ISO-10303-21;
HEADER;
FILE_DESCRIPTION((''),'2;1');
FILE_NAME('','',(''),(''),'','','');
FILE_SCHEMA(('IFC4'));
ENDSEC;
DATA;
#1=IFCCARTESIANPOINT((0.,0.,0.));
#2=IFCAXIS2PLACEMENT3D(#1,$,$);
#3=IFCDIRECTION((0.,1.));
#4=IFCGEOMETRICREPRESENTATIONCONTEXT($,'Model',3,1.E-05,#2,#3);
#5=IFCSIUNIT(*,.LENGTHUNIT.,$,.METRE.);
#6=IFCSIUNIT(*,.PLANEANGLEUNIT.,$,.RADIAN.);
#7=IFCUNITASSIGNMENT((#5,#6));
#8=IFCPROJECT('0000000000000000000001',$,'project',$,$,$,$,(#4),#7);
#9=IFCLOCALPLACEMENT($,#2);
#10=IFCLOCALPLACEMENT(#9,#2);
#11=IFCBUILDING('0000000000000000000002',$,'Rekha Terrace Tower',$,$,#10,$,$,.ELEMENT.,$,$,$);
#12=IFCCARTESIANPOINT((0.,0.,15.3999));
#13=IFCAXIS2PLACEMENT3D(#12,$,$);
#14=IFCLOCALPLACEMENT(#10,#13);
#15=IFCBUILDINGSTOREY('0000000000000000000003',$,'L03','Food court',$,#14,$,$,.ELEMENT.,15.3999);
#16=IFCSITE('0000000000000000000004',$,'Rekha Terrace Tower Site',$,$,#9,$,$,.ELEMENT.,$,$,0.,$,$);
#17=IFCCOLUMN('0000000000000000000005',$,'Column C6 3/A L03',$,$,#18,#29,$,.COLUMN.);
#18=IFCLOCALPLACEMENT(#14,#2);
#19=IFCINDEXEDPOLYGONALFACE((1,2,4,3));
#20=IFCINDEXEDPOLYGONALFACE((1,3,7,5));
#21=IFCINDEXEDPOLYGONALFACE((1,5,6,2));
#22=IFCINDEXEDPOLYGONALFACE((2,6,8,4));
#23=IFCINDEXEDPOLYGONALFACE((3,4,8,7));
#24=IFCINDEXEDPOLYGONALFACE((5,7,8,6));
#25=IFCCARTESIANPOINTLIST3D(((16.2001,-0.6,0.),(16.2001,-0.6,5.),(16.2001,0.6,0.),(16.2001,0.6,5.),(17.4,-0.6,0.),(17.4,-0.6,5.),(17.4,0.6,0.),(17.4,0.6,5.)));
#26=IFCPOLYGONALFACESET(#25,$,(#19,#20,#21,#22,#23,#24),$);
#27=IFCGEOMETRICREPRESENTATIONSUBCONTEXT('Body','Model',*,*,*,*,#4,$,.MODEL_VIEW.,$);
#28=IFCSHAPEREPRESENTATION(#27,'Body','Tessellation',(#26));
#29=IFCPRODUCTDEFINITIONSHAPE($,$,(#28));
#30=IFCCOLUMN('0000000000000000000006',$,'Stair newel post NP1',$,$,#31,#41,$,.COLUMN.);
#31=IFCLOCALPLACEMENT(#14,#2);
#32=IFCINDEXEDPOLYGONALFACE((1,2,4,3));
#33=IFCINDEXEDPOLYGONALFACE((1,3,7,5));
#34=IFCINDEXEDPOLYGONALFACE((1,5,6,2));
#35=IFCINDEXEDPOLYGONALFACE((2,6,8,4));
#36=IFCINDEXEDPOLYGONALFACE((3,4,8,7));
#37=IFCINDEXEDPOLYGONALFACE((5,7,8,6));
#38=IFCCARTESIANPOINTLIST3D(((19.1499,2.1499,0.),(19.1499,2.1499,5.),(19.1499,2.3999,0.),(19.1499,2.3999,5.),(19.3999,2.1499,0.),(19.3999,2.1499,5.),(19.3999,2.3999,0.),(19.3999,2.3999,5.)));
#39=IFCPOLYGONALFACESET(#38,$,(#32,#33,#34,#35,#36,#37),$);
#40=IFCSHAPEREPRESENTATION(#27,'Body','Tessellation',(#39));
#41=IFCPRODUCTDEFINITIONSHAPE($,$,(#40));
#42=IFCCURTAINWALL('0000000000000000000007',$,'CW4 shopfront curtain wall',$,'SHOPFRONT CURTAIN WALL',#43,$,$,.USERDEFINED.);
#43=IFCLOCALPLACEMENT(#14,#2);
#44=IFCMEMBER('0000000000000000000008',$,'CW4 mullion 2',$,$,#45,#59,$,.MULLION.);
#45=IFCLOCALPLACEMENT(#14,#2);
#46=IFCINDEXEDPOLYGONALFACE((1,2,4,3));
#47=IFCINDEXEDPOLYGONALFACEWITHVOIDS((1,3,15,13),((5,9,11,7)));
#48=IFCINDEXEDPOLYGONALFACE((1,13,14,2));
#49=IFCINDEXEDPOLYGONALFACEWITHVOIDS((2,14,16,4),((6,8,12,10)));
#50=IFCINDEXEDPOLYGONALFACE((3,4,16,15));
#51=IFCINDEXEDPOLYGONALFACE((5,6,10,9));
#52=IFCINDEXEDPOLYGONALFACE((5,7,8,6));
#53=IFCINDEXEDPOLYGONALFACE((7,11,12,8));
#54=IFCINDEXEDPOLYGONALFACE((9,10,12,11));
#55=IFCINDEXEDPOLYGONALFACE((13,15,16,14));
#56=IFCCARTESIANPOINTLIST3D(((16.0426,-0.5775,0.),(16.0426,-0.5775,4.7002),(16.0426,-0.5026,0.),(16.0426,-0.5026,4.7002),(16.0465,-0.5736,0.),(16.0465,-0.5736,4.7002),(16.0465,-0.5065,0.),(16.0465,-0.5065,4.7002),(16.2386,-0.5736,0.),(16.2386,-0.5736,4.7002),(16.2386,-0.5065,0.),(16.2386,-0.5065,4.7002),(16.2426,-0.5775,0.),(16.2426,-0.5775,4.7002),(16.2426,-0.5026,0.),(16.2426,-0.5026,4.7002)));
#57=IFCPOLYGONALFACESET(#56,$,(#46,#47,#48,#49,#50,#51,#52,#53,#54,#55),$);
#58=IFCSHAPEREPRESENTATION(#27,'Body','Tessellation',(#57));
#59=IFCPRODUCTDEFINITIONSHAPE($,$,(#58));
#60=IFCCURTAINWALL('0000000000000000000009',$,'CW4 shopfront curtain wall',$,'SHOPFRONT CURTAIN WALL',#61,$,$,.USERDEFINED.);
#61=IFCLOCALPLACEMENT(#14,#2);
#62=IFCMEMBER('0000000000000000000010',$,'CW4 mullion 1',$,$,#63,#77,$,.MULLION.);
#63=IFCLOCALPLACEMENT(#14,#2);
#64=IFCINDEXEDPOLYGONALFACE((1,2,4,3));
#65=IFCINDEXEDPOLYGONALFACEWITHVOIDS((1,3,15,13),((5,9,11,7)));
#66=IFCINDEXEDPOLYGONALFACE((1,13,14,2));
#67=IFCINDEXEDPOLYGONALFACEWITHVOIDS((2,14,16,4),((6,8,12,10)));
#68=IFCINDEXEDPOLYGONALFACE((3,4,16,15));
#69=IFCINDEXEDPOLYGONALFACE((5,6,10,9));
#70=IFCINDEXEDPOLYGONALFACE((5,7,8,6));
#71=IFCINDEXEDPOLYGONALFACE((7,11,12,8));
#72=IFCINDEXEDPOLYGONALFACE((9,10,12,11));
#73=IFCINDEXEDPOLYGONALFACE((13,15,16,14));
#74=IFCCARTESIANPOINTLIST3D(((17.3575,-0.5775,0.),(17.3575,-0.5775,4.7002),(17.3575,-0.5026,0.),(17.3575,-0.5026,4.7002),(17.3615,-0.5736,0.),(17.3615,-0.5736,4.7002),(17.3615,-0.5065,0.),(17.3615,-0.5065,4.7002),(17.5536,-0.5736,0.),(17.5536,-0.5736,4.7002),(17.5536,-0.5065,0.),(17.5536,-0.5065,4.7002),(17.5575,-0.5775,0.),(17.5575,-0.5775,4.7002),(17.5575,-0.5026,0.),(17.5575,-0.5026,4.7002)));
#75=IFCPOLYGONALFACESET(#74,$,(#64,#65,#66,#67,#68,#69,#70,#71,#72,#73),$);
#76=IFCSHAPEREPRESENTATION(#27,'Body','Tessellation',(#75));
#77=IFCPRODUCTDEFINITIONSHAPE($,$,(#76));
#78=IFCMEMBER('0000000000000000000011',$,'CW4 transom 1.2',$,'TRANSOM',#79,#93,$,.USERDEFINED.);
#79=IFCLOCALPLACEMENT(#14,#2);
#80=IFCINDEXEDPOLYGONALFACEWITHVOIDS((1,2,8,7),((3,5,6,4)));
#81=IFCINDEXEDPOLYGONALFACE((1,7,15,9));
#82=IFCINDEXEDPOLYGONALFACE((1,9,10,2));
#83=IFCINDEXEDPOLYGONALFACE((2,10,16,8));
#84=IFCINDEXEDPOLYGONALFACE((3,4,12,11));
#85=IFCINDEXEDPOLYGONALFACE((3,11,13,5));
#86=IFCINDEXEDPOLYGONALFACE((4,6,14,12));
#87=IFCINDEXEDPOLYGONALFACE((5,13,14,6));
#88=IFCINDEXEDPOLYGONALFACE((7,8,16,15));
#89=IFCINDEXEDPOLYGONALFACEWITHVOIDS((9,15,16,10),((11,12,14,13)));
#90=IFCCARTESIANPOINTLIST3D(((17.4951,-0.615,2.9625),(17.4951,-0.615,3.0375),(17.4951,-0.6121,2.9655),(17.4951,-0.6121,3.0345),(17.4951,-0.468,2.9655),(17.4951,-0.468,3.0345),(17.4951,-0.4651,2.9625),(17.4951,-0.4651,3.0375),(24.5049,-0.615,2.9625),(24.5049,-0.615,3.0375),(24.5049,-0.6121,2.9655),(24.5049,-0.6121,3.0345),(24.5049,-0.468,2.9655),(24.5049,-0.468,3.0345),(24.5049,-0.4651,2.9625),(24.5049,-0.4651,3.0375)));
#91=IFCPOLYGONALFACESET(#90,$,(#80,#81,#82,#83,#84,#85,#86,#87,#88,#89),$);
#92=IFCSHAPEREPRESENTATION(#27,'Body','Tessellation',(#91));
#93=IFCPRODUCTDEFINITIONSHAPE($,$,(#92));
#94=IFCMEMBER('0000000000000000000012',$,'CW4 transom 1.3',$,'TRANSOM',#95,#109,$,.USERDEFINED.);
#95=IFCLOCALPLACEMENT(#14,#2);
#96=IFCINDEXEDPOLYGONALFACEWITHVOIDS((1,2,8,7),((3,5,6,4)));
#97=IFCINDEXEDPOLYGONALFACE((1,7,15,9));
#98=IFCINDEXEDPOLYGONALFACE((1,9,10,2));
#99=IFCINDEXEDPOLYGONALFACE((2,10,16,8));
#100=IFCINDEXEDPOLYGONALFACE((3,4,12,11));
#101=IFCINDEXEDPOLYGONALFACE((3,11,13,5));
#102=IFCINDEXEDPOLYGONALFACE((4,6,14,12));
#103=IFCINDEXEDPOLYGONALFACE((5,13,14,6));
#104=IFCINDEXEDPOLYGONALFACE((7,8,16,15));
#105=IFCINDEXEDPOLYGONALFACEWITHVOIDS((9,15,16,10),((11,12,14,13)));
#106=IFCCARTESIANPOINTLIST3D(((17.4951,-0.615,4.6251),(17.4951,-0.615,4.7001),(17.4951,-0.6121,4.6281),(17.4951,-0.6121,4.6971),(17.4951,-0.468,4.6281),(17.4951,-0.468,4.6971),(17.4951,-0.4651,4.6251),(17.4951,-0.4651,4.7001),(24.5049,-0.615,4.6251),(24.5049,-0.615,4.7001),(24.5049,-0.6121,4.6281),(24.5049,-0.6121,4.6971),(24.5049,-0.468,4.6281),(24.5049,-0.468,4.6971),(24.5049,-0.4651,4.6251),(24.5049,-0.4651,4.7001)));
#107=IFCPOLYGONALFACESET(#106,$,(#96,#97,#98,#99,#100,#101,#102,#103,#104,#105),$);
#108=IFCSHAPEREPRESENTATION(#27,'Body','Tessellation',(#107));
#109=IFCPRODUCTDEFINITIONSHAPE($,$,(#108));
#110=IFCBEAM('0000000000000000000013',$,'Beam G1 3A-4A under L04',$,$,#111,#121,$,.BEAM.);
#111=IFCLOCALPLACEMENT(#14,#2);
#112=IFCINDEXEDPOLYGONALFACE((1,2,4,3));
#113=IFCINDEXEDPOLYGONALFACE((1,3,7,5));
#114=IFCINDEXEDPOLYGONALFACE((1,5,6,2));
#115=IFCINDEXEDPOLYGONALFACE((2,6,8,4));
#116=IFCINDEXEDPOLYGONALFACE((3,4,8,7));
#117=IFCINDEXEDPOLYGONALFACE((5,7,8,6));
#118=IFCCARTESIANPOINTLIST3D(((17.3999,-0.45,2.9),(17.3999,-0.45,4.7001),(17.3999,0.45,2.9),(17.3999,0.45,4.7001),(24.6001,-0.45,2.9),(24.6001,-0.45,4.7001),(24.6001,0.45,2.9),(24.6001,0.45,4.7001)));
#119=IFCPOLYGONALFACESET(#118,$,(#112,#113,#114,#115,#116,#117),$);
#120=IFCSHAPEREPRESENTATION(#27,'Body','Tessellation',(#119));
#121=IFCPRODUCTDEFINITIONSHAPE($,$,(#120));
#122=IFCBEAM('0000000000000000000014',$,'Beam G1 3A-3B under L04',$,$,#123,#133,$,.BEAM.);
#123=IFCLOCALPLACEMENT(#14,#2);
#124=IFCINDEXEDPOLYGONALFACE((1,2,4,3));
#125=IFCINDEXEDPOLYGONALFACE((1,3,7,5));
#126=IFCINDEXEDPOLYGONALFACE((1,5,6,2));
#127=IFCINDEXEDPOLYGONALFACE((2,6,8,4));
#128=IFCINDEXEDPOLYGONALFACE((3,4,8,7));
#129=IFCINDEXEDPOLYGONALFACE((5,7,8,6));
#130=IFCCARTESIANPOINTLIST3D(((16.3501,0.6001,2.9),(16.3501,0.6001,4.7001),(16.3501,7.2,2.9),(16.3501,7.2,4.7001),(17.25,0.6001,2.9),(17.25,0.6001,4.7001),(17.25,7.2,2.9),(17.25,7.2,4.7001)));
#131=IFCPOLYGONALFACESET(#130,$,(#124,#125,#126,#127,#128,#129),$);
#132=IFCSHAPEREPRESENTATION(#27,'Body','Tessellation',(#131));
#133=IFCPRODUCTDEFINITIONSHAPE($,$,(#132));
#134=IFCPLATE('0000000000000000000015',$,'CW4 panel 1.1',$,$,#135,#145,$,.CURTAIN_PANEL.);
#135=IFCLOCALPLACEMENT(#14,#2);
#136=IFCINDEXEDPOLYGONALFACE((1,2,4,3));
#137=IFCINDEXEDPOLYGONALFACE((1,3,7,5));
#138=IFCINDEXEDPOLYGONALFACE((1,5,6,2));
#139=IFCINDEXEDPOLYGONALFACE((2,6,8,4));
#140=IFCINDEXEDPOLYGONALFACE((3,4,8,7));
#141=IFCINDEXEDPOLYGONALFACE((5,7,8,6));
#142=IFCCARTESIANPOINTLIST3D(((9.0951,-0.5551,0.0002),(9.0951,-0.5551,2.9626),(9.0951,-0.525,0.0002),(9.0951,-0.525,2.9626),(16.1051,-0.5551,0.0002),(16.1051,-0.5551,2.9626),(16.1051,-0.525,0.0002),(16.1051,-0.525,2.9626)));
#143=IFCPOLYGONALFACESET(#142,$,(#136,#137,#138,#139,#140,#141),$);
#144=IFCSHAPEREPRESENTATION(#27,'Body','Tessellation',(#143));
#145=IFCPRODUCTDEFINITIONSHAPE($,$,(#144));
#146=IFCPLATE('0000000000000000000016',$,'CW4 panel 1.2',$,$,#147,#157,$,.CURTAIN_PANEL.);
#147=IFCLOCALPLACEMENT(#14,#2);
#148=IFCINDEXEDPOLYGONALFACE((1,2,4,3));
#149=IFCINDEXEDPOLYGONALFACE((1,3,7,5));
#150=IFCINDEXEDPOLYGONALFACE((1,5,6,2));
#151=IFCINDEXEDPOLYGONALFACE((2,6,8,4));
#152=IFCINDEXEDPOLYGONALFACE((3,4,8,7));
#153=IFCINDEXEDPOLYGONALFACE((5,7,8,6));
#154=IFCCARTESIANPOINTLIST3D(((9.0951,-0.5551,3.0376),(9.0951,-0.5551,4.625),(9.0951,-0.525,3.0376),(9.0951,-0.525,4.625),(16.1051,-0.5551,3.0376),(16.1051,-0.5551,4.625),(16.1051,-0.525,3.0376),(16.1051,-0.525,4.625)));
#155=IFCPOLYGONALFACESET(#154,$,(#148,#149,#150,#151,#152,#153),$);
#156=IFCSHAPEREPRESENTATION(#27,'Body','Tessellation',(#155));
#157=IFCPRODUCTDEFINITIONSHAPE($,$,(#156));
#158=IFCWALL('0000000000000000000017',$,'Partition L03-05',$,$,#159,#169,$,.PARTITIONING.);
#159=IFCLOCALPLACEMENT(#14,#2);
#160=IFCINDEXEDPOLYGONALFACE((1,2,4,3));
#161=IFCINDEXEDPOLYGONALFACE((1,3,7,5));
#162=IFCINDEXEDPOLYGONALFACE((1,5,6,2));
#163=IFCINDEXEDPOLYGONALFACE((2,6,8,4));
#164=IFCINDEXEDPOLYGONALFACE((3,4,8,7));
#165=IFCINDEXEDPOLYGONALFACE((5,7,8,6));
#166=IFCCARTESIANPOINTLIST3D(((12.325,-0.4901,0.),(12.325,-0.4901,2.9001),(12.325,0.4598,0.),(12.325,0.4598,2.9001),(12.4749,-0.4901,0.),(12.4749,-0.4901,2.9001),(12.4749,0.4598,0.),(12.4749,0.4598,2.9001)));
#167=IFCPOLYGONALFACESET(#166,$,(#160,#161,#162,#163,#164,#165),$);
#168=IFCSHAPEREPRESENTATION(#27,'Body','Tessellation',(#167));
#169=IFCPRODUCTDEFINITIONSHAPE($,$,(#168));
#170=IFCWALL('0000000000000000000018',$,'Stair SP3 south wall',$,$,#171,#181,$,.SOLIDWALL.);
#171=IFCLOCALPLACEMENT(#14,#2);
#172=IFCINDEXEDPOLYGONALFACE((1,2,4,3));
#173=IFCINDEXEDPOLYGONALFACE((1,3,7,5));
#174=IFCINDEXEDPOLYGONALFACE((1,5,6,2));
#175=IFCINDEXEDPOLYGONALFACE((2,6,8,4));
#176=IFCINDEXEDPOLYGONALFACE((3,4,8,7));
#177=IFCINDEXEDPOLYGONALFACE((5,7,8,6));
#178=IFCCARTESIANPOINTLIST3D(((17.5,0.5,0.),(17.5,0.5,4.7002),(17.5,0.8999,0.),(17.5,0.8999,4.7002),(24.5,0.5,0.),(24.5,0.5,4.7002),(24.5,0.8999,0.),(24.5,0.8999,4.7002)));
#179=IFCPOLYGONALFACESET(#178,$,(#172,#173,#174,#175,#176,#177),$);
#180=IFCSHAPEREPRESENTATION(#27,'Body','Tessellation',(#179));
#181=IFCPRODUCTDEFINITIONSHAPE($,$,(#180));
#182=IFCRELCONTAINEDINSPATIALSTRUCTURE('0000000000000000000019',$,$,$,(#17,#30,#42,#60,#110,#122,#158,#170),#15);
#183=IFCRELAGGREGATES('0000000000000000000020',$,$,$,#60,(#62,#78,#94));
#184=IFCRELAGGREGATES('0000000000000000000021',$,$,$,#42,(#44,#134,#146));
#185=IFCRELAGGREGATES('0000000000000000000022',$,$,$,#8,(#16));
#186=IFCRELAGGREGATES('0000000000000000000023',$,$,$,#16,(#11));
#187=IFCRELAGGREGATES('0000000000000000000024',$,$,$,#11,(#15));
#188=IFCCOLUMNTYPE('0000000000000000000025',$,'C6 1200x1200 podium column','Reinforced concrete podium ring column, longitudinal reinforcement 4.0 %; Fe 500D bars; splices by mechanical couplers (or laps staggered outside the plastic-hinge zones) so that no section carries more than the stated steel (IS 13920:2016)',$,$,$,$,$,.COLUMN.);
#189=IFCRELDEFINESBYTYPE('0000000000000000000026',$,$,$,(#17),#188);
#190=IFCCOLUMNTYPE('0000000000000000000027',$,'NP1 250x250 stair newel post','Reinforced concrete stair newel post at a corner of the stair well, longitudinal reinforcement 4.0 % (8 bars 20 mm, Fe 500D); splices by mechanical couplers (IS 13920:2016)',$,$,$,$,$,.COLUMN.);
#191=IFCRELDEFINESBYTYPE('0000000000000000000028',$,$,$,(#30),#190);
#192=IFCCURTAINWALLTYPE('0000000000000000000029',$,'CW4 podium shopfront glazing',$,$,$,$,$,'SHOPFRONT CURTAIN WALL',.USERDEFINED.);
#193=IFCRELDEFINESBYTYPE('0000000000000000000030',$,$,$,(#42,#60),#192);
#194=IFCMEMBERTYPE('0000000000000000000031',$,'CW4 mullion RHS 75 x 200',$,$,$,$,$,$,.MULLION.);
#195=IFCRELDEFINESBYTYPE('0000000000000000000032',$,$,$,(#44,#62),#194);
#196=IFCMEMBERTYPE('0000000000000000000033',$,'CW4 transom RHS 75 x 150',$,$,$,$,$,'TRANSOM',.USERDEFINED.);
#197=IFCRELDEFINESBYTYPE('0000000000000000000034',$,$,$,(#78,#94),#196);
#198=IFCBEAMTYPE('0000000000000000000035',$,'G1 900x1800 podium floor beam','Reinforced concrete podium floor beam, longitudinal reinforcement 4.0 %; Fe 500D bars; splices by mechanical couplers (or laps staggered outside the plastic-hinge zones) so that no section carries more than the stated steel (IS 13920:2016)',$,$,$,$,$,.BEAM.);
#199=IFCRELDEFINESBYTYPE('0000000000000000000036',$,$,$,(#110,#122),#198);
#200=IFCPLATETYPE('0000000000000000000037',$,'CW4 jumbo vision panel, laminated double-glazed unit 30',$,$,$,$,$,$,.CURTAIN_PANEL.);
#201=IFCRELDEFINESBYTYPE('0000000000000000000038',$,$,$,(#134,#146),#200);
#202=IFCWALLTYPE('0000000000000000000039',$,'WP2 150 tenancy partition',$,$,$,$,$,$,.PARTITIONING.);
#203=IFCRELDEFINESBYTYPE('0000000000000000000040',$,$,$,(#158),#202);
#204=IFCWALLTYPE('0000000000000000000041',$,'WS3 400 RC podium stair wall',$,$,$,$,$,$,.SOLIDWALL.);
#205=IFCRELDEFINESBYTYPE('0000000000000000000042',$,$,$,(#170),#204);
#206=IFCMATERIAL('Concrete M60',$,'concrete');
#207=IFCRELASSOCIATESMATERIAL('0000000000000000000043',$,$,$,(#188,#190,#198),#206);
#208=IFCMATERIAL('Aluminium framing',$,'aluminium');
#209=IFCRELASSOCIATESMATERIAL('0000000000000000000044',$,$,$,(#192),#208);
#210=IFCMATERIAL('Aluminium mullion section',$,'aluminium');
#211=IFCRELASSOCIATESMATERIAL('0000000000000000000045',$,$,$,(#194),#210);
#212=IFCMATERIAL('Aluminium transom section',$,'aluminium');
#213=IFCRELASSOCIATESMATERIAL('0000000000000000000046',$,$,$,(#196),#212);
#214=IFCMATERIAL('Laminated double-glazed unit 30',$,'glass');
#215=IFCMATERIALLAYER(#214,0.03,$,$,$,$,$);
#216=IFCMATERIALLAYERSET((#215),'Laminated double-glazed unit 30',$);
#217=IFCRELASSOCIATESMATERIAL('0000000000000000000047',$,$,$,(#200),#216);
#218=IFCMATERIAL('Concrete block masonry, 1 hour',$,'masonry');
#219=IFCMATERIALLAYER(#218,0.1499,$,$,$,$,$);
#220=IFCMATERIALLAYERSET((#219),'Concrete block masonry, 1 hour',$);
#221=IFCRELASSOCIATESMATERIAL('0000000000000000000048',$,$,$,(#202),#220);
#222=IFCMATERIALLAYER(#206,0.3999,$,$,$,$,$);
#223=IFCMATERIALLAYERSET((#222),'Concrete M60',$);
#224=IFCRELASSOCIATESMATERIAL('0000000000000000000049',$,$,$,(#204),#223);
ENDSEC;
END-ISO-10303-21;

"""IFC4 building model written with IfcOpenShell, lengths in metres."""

from ifc_helpers import new_model, si_unit, direction, frame, frame_2d, origin, origin_2d, place, context, subcontext, project, spatial, rectangle, hollow_rectangle, extrude, material, layer, layer_set, material_profile, profile_set, type_object, element, aggregate, save


model = new_model("IFC4")

# Units and contexts
model_context = context("Model", 3, precision=1e-05, world=origin(), true_north=direction((0.0, 1.0)))
body_context = subcontext(model_context, "Body", "Model", "MODEL_VIEW")
ifc_project = project(units=[si_unit("LENGTHUNIT", "METRE"), si_unit("PLANEANGLEUNIT", "RADIAN")], contexts=[model_context])

# Site, building, storey
site_placement = place(None, origin())
site = spatial("IfcSite", under=ifc_project, at=site_placement, Name="Rekha Terrace Tower Site", CompositionType="ELEMENT", RefElevation=0.0)
building_placement = place(site_placement, origin())
building = spatial("IfcBuilding", under=site, at=building_placement, Name="Rekha Terrace Tower", CompositionType="ELEMENT")
storey_placement = place(building_placement, frame((0.0, 0.0, 15.3999)))
storey = spatial("IfcBuildingStorey", under=building, at=storey_placement, Name="L03", Description="Food court", CompositionType="ELEMENT", Elevation=15.3999)

# Columns
ifc_material_1 = material(Name="Concrete M60", Category="concrete")
ifc_material_profile_1 = material_profile(ifc_material_1, rectangle(XDim=1.2, YDim=1.2, at=origin_2d()), Name="RC 1200x1200")
ifc_profile_set_1 = profile_set([ifc_material_profile_1], Name="Concrete M60")
column_type_1 = type_object("IfcColumnType", Name="C6 1200x1200 podium column", Description="Reinforced concrete podium ring column, longitudinal reinforcement 4.0 %; Fe 500D bars; splices by mechanical couplers (or laps staggered outside the plastic-hinge zones) so that no section carries more than the stated steel (IS 13920:2016)", PredefinedType="COLUMN", material=ifc_profile_set_1)
column_1_placement = place(storey_placement, frame((16.8, 0.0, 0.0), z_axis=(0.0, 0.0, 1.0), x_axis=(1.0, 0.0, 0.0)))
element("IfcColumn", 1, at=column_1_placement, inside=storey, type_object=column_type_1, Name="Column C6 3/A L03", PredefinedType="COLUMN", context=body_context, shape_type="SweptSolid", body=[
    extrude(rectangle(XDim=1.2, YDim=1.2, at=origin_2d()), origin(), (0.0, 0.0, 1.0), 5.0),
])
ifc_material_profile_2 = material_profile(ifc_material_1, rectangle(XDim=0.25, YDim=0.25, at=origin_2d()), Name="RC 250x250")
ifc_profile_set_2 = profile_set([ifc_material_profile_2], Name="Concrete M60")
column_type_2 = type_object("IfcColumnType", Name="NP1 250x250 stair newel post", Description="Reinforced concrete stair newel post at a corner of the stair well, longitudinal reinforcement 4.0 % (8 bars 20 mm, Fe 500D); splices by mechanical couplers (IS 13920:2016)", PredefinedType="COLUMN", material=ifc_profile_set_2)
column_2_placement = place(storey_placement, frame((19.2749, 2.2749, 0.0), z_axis=(0.0, 0.0, 1.0), x_axis=(1.0, 0.0, 0.0)))
element("IfcColumn", 2, at=column_2_placement, inside=storey, type_object=column_type_2, Name="Stair newel post NP1", PredefinedType="COLUMN", context=body_context, shape_type="SweptSolid", body=[
    extrude(rectangle(XDim=0.25, YDim=0.25, at=origin_2d()), origin(), (0.0, 0.0, 1.0), 5.0),
])

# Curtain wall, member
ifc_material_2 = material(Name="Aluminium framing", Category="aluminium")
curtain_wall_type = type_object("IfcCurtainWallType", Name="CW4 podium shopfront glazing", ElementType="SHOPFRONT CURTAIN WALL", PredefinedType="USERDEFINED", material=ifc_material_2)
curtain_wall_1_placement = place(storey_placement, origin())
curtain_wall_1 = element("IfcCurtainWall", 3, at=curtain_wall_1_placement, inside=storey, type_object=curtain_wall_type, Name="CW4 shopfront curtain wall", ObjectType="SHOPFRONT CURTAIN WALL", PredefinedType="USERDEFINED")
ifc_material_3 = material(Name="Aluminium mullion section", Category="aluminium")
ifc_material_profile_3 = material_profile(ifc_material_3, hollow_rectangle(XDim=0.075, YDim=0.2, WallThickness=0.0039, at=origin_2d()), Name="AL RHS 75x200")
ifc_profile_set_3 = profile_set([ifc_material_profile_3], Name="Aluminium mullion section")
member_type_1 = type_object("IfcMemberType", Name="CW4 mullion RHS 75 x 200", PredefinedType="MULLION", material=ifc_profile_set_3)
member_1_placement = place(storey_placement, frame((16.1426, -0.54, 0.0), z_axis=(0.0, 0.0, 1.0), x_axis=(0.0, 1.0, 0.0)))
member_1 = element("IfcMember", 4, at=member_1_placement, type_object=member_type_1, Name="CW4 mullion 2", PredefinedType="MULLION", context=body_context, shape_type="SweptSolid", body=[
    extrude(hollow_rectangle(XDim=0.075, YDim=0.2, WallThickness=0.0039, at=origin_2d()), origin(), (0.0, 0.0, 1.0), 4.7002),
])

# Curtain wall, members
curtain_wall_2_placement = place(storey_placement, origin())
curtain_wall_2 = element("IfcCurtainWall", 5, at=curtain_wall_2_placement, inside=storey, type_object=curtain_wall_type, Name="CW4 shopfront curtain wall", ObjectType="SHOPFRONT CURTAIN WALL", PredefinedType="USERDEFINED")
member_2_placement = place(storey_placement, frame((17.4575, -0.54, 0.0), z_axis=(0.0, 0.0, 1.0), x_axis=(0.0, 1.0, 0.0)))
member_2 = element("IfcMember", 6, at=member_2_placement, type_object=member_type_1, Name="CW4 mullion 1", PredefinedType="MULLION", context=body_context, shape_type="SweptSolid", body=[
    extrude(hollow_rectangle(XDim=0.075, YDim=0.2, WallThickness=0.0039, at=origin_2d()), origin(), (0.0, 0.0, 1.0), 4.7002),
])
ifc_material_4 = material(Name="Aluminium transom section", Category="aluminium")
ifc_material_profile_4 = material_profile(ifc_material_4, hollow_rectangle(XDim=0.1499, YDim=0.075, WallThickness=0.0029, at=origin_2d()), Name="AL RHS 150x75")
ifc_profile_set_4 = profile_set([ifc_material_profile_4], Name="Aluminium transom section")
member_type_2 = type_object("IfcMemberType", Name="CW4 transom RHS 75 x 150", ElementType="TRANSOM", PredefinedType="USERDEFINED", material=ifc_profile_set_4)
member_3_placement = place(storey_placement, frame((17.4951, -0.54, 3.0), z_axis=(1.0, 0.0, 0.0), x_axis=(0.0, 1.0, 0.0)))
member_3 = element("IfcMember", 7, at=member_3_placement, type_object=member_type_2, Name="CW4 transom 1.2", ObjectType="TRANSOM", PredefinedType="USERDEFINED", context=body_context, shape_type="SweptSolid", body=[
    extrude(hollow_rectangle(XDim=0.1499, YDim=0.075, WallThickness=0.0029, at=origin_2d()), origin(), (0.0, 0.0, 1.0), 7.0098),
])
member_4_placement = place(storey_placement, frame((17.4951, -0.54, 4.6626), z_axis=(1.0, 0.0, 0.0), x_axis=(0.0, 1.0, 0.0)))
member_4 = element("IfcMember", 8, at=member_4_placement, type_object=member_type_2, Name="CW4 transom 1.3", ObjectType="TRANSOM", PredefinedType="USERDEFINED", context=body_context, shape_type="SweptSolid", body=[
    extrude(hollow_rectangle(XDim=0.1499, YDim=0.075, WallThickness=0.0029, at=origin_2d()), origin(), (0.0, 0.0, 1.0), 7.0098),
])
aggregate(curtain_wall_2, [member_2, member_3, member_4])

# Beams
ifc_material_profile_5 = material_profile(ifc_material_1, rectangle(XDim=0.8999, YDim=1.8, at=origin_2d()), Name="RC 900x1800")
ifc_profile_set_5 = profile_set([ifc_material_profile_5], Name="Concrete M60")
beam_type = type_object("IfcBeamType", Name="G1 900x1800 podium floor beam", Description="Reinforced concrete podium floor beam, longitudinal reinforcement 4.0 %; Fe 500D bars; splices by mechanical couplers (or laps staggered outside the plastic-hinge zones) so that no section carries more than the stated steel (IS 13920:2016)", PredefinedType="BEAM", material=ifc_profile_set_5)
beam_1_placement = place(storey_placement, frame((17.3999, 0.0, 3.8), z_axis=(1.0, 0.0, 0.0), x_axis=(0.0, 1.0, 0.0)))
element("IfcBeam", 9, at=beam_1_placement, inside=storey, type_object=beam_type, Name="Beam G1 3A-4A under L04", PredefinedType="BEAM", context=body_context, shape_type="SweptSolid", body=[
    extrude(rectangle(XDim=0.8999, YDim=1.8, at=origin_2d()), origin(), (0.0, 0.0, 1.0), 7.2002),
])
beam_2_placement = place(storey_placement, frame((16.8, 0.6001, 3.8), z_axis=(0.0, 1.0, 0.0), x_axis=(-1.0, 0.0, 0.0)))
element("IfcBeam", 10, at=beam_2_placement, inside=storey, type_object=beam_type, Name="Beam G1 3A-3B under L04", PredefinedType="BEAM", context=body_context, shape_type="SweptSolid", body=[
    extrude(rectangle(XDim=0.8999, YDim=1.8, at=origin_2d()), origin(), (0.0, 0.0, 1.0), 6.5999),
])

# Plates
ifc_material_5 = material(Name="Laminated double-glazed unit 30", Category="glass")
ifc_layer_1 = layer(ifc_material_5, 0.03)
ifc_layer_set_1 = layer_set([ifc_layer_1], Name="Laminated double-glazed unit 30")
plate_type = type_object("IfcPlateType", Name="CW4 jumbo vision panel, laminated double-glazed unit 30", PredefinedType="CURTAIN_PANEL", material=ifc_layer_set_1)
plate_1_placement = place(storey_placement, frame((12.6001, -0.54, 0.0002), z_axis=(0.0, 0.0, 1.0), x_axis=(1.0, 0.0, 0.0)))
plate_1 = element("IfcPlate", 11, at=plate_1_placement, type_object=plate_type, Name="CW4 panel 1.1", PredefinedType="CURTAIN_PANEL", context=body_context, shape_type="SweptSolid", body=[
    extrude(rectangle(XDim=7.01, YDim=0.03, at=origin_2d()), origin(), (0.0, 0.0, 1.0), 2.9624),
])
plate_2_placement = place(storey_placement, frame((12.6001, -0.54, 3.0376), z_axis=(0.0, 0.0, 1.0), x_axis=(1.0, 0.0, 0.0)))
plate_2 = element("IfcPlate", 12, at=plate_2_placement, type_object=plate_type, Name="CW4 panel 1.2", PredefinedType="CURTAIN_PANEL", context=body_context, shape_type="SweptSolid", body=[
    extrude(rectangle(XDim=7.01, YDim=0.03, at=origin_2d()), origin(), (0.0, 0.0, 1.0), 1.5874),
])
aggregate(curtain_wall_1, [member_1, plate_1, plate_2])

# Walls
ifc_material_6 = material(Name="Concrete block masonry, 1 hour", Category="masonry")
ifc_layer_2 = layer(ifc_material_6, 0.1499)
ifc_layer_set_2 = layer_set([ifc_layer_2], Name="Concrete block masonry, 1 hour")
wall_type_1 = type_object("IfcWallType", Name="WP2 150 tenancy partition", PredefinedType="PARTITIONING", material=ifc_layer_set_2)
wall_1_placement = place(storey_placement, frame((12.3999, 0.46, 0.0), z_axis=(0.0, 0.0, 1.0), x_axis=(0.0, -1.0, 0.0)))
element("IfcWall", 13, at=wall_1_placement, inside=storey, type_object=wall_type_1, Name="Partition L03-05", PredefinedType="PARTITIONING", context=body_context, shape_type="SweptSolid", body=[
    extrude(rectangle(XDim=0.95, YDim=0.1499, at=frame_2d((0.4751, 0.0))), origin(), (0.0, 0.0, 1.0), 2.9001),
])
ifc_layer_3 = layer(ifc_material_1, 0.3999)
ifc_layer_set_3 = layer_set([ifc_layer_3], Name="Concrete M60")
wall_type_2 = type_object("IfcWallType", Name="WS3 400 RC podium stair wall", PredefinedType="SOLIDWALL", material=ifc_layer_set_3)
wall_2_placement = place(storey_placement, frame((17.5, 0.7, 0.0), z_axis=(0.0, 0.0, 1.0), x_axis=(1.0, 0.0, 0.0)))
element("IfcWall", 14, at=wall_2_placement, inside=storey, type_object=wall_type_2, Name="Stair SP3 south wall", PredefinedType="SOLIDWALL", context=body_context, shape_type="SweptSolid", body=[
    extrude(rectangle(XDim=7.0, YDim=0.3999, at=frame_2d((3.5, 0.0))), origin(), (0.0, 0.0, 1.0), 4.7002),
])

save(model, "model.ifc")
